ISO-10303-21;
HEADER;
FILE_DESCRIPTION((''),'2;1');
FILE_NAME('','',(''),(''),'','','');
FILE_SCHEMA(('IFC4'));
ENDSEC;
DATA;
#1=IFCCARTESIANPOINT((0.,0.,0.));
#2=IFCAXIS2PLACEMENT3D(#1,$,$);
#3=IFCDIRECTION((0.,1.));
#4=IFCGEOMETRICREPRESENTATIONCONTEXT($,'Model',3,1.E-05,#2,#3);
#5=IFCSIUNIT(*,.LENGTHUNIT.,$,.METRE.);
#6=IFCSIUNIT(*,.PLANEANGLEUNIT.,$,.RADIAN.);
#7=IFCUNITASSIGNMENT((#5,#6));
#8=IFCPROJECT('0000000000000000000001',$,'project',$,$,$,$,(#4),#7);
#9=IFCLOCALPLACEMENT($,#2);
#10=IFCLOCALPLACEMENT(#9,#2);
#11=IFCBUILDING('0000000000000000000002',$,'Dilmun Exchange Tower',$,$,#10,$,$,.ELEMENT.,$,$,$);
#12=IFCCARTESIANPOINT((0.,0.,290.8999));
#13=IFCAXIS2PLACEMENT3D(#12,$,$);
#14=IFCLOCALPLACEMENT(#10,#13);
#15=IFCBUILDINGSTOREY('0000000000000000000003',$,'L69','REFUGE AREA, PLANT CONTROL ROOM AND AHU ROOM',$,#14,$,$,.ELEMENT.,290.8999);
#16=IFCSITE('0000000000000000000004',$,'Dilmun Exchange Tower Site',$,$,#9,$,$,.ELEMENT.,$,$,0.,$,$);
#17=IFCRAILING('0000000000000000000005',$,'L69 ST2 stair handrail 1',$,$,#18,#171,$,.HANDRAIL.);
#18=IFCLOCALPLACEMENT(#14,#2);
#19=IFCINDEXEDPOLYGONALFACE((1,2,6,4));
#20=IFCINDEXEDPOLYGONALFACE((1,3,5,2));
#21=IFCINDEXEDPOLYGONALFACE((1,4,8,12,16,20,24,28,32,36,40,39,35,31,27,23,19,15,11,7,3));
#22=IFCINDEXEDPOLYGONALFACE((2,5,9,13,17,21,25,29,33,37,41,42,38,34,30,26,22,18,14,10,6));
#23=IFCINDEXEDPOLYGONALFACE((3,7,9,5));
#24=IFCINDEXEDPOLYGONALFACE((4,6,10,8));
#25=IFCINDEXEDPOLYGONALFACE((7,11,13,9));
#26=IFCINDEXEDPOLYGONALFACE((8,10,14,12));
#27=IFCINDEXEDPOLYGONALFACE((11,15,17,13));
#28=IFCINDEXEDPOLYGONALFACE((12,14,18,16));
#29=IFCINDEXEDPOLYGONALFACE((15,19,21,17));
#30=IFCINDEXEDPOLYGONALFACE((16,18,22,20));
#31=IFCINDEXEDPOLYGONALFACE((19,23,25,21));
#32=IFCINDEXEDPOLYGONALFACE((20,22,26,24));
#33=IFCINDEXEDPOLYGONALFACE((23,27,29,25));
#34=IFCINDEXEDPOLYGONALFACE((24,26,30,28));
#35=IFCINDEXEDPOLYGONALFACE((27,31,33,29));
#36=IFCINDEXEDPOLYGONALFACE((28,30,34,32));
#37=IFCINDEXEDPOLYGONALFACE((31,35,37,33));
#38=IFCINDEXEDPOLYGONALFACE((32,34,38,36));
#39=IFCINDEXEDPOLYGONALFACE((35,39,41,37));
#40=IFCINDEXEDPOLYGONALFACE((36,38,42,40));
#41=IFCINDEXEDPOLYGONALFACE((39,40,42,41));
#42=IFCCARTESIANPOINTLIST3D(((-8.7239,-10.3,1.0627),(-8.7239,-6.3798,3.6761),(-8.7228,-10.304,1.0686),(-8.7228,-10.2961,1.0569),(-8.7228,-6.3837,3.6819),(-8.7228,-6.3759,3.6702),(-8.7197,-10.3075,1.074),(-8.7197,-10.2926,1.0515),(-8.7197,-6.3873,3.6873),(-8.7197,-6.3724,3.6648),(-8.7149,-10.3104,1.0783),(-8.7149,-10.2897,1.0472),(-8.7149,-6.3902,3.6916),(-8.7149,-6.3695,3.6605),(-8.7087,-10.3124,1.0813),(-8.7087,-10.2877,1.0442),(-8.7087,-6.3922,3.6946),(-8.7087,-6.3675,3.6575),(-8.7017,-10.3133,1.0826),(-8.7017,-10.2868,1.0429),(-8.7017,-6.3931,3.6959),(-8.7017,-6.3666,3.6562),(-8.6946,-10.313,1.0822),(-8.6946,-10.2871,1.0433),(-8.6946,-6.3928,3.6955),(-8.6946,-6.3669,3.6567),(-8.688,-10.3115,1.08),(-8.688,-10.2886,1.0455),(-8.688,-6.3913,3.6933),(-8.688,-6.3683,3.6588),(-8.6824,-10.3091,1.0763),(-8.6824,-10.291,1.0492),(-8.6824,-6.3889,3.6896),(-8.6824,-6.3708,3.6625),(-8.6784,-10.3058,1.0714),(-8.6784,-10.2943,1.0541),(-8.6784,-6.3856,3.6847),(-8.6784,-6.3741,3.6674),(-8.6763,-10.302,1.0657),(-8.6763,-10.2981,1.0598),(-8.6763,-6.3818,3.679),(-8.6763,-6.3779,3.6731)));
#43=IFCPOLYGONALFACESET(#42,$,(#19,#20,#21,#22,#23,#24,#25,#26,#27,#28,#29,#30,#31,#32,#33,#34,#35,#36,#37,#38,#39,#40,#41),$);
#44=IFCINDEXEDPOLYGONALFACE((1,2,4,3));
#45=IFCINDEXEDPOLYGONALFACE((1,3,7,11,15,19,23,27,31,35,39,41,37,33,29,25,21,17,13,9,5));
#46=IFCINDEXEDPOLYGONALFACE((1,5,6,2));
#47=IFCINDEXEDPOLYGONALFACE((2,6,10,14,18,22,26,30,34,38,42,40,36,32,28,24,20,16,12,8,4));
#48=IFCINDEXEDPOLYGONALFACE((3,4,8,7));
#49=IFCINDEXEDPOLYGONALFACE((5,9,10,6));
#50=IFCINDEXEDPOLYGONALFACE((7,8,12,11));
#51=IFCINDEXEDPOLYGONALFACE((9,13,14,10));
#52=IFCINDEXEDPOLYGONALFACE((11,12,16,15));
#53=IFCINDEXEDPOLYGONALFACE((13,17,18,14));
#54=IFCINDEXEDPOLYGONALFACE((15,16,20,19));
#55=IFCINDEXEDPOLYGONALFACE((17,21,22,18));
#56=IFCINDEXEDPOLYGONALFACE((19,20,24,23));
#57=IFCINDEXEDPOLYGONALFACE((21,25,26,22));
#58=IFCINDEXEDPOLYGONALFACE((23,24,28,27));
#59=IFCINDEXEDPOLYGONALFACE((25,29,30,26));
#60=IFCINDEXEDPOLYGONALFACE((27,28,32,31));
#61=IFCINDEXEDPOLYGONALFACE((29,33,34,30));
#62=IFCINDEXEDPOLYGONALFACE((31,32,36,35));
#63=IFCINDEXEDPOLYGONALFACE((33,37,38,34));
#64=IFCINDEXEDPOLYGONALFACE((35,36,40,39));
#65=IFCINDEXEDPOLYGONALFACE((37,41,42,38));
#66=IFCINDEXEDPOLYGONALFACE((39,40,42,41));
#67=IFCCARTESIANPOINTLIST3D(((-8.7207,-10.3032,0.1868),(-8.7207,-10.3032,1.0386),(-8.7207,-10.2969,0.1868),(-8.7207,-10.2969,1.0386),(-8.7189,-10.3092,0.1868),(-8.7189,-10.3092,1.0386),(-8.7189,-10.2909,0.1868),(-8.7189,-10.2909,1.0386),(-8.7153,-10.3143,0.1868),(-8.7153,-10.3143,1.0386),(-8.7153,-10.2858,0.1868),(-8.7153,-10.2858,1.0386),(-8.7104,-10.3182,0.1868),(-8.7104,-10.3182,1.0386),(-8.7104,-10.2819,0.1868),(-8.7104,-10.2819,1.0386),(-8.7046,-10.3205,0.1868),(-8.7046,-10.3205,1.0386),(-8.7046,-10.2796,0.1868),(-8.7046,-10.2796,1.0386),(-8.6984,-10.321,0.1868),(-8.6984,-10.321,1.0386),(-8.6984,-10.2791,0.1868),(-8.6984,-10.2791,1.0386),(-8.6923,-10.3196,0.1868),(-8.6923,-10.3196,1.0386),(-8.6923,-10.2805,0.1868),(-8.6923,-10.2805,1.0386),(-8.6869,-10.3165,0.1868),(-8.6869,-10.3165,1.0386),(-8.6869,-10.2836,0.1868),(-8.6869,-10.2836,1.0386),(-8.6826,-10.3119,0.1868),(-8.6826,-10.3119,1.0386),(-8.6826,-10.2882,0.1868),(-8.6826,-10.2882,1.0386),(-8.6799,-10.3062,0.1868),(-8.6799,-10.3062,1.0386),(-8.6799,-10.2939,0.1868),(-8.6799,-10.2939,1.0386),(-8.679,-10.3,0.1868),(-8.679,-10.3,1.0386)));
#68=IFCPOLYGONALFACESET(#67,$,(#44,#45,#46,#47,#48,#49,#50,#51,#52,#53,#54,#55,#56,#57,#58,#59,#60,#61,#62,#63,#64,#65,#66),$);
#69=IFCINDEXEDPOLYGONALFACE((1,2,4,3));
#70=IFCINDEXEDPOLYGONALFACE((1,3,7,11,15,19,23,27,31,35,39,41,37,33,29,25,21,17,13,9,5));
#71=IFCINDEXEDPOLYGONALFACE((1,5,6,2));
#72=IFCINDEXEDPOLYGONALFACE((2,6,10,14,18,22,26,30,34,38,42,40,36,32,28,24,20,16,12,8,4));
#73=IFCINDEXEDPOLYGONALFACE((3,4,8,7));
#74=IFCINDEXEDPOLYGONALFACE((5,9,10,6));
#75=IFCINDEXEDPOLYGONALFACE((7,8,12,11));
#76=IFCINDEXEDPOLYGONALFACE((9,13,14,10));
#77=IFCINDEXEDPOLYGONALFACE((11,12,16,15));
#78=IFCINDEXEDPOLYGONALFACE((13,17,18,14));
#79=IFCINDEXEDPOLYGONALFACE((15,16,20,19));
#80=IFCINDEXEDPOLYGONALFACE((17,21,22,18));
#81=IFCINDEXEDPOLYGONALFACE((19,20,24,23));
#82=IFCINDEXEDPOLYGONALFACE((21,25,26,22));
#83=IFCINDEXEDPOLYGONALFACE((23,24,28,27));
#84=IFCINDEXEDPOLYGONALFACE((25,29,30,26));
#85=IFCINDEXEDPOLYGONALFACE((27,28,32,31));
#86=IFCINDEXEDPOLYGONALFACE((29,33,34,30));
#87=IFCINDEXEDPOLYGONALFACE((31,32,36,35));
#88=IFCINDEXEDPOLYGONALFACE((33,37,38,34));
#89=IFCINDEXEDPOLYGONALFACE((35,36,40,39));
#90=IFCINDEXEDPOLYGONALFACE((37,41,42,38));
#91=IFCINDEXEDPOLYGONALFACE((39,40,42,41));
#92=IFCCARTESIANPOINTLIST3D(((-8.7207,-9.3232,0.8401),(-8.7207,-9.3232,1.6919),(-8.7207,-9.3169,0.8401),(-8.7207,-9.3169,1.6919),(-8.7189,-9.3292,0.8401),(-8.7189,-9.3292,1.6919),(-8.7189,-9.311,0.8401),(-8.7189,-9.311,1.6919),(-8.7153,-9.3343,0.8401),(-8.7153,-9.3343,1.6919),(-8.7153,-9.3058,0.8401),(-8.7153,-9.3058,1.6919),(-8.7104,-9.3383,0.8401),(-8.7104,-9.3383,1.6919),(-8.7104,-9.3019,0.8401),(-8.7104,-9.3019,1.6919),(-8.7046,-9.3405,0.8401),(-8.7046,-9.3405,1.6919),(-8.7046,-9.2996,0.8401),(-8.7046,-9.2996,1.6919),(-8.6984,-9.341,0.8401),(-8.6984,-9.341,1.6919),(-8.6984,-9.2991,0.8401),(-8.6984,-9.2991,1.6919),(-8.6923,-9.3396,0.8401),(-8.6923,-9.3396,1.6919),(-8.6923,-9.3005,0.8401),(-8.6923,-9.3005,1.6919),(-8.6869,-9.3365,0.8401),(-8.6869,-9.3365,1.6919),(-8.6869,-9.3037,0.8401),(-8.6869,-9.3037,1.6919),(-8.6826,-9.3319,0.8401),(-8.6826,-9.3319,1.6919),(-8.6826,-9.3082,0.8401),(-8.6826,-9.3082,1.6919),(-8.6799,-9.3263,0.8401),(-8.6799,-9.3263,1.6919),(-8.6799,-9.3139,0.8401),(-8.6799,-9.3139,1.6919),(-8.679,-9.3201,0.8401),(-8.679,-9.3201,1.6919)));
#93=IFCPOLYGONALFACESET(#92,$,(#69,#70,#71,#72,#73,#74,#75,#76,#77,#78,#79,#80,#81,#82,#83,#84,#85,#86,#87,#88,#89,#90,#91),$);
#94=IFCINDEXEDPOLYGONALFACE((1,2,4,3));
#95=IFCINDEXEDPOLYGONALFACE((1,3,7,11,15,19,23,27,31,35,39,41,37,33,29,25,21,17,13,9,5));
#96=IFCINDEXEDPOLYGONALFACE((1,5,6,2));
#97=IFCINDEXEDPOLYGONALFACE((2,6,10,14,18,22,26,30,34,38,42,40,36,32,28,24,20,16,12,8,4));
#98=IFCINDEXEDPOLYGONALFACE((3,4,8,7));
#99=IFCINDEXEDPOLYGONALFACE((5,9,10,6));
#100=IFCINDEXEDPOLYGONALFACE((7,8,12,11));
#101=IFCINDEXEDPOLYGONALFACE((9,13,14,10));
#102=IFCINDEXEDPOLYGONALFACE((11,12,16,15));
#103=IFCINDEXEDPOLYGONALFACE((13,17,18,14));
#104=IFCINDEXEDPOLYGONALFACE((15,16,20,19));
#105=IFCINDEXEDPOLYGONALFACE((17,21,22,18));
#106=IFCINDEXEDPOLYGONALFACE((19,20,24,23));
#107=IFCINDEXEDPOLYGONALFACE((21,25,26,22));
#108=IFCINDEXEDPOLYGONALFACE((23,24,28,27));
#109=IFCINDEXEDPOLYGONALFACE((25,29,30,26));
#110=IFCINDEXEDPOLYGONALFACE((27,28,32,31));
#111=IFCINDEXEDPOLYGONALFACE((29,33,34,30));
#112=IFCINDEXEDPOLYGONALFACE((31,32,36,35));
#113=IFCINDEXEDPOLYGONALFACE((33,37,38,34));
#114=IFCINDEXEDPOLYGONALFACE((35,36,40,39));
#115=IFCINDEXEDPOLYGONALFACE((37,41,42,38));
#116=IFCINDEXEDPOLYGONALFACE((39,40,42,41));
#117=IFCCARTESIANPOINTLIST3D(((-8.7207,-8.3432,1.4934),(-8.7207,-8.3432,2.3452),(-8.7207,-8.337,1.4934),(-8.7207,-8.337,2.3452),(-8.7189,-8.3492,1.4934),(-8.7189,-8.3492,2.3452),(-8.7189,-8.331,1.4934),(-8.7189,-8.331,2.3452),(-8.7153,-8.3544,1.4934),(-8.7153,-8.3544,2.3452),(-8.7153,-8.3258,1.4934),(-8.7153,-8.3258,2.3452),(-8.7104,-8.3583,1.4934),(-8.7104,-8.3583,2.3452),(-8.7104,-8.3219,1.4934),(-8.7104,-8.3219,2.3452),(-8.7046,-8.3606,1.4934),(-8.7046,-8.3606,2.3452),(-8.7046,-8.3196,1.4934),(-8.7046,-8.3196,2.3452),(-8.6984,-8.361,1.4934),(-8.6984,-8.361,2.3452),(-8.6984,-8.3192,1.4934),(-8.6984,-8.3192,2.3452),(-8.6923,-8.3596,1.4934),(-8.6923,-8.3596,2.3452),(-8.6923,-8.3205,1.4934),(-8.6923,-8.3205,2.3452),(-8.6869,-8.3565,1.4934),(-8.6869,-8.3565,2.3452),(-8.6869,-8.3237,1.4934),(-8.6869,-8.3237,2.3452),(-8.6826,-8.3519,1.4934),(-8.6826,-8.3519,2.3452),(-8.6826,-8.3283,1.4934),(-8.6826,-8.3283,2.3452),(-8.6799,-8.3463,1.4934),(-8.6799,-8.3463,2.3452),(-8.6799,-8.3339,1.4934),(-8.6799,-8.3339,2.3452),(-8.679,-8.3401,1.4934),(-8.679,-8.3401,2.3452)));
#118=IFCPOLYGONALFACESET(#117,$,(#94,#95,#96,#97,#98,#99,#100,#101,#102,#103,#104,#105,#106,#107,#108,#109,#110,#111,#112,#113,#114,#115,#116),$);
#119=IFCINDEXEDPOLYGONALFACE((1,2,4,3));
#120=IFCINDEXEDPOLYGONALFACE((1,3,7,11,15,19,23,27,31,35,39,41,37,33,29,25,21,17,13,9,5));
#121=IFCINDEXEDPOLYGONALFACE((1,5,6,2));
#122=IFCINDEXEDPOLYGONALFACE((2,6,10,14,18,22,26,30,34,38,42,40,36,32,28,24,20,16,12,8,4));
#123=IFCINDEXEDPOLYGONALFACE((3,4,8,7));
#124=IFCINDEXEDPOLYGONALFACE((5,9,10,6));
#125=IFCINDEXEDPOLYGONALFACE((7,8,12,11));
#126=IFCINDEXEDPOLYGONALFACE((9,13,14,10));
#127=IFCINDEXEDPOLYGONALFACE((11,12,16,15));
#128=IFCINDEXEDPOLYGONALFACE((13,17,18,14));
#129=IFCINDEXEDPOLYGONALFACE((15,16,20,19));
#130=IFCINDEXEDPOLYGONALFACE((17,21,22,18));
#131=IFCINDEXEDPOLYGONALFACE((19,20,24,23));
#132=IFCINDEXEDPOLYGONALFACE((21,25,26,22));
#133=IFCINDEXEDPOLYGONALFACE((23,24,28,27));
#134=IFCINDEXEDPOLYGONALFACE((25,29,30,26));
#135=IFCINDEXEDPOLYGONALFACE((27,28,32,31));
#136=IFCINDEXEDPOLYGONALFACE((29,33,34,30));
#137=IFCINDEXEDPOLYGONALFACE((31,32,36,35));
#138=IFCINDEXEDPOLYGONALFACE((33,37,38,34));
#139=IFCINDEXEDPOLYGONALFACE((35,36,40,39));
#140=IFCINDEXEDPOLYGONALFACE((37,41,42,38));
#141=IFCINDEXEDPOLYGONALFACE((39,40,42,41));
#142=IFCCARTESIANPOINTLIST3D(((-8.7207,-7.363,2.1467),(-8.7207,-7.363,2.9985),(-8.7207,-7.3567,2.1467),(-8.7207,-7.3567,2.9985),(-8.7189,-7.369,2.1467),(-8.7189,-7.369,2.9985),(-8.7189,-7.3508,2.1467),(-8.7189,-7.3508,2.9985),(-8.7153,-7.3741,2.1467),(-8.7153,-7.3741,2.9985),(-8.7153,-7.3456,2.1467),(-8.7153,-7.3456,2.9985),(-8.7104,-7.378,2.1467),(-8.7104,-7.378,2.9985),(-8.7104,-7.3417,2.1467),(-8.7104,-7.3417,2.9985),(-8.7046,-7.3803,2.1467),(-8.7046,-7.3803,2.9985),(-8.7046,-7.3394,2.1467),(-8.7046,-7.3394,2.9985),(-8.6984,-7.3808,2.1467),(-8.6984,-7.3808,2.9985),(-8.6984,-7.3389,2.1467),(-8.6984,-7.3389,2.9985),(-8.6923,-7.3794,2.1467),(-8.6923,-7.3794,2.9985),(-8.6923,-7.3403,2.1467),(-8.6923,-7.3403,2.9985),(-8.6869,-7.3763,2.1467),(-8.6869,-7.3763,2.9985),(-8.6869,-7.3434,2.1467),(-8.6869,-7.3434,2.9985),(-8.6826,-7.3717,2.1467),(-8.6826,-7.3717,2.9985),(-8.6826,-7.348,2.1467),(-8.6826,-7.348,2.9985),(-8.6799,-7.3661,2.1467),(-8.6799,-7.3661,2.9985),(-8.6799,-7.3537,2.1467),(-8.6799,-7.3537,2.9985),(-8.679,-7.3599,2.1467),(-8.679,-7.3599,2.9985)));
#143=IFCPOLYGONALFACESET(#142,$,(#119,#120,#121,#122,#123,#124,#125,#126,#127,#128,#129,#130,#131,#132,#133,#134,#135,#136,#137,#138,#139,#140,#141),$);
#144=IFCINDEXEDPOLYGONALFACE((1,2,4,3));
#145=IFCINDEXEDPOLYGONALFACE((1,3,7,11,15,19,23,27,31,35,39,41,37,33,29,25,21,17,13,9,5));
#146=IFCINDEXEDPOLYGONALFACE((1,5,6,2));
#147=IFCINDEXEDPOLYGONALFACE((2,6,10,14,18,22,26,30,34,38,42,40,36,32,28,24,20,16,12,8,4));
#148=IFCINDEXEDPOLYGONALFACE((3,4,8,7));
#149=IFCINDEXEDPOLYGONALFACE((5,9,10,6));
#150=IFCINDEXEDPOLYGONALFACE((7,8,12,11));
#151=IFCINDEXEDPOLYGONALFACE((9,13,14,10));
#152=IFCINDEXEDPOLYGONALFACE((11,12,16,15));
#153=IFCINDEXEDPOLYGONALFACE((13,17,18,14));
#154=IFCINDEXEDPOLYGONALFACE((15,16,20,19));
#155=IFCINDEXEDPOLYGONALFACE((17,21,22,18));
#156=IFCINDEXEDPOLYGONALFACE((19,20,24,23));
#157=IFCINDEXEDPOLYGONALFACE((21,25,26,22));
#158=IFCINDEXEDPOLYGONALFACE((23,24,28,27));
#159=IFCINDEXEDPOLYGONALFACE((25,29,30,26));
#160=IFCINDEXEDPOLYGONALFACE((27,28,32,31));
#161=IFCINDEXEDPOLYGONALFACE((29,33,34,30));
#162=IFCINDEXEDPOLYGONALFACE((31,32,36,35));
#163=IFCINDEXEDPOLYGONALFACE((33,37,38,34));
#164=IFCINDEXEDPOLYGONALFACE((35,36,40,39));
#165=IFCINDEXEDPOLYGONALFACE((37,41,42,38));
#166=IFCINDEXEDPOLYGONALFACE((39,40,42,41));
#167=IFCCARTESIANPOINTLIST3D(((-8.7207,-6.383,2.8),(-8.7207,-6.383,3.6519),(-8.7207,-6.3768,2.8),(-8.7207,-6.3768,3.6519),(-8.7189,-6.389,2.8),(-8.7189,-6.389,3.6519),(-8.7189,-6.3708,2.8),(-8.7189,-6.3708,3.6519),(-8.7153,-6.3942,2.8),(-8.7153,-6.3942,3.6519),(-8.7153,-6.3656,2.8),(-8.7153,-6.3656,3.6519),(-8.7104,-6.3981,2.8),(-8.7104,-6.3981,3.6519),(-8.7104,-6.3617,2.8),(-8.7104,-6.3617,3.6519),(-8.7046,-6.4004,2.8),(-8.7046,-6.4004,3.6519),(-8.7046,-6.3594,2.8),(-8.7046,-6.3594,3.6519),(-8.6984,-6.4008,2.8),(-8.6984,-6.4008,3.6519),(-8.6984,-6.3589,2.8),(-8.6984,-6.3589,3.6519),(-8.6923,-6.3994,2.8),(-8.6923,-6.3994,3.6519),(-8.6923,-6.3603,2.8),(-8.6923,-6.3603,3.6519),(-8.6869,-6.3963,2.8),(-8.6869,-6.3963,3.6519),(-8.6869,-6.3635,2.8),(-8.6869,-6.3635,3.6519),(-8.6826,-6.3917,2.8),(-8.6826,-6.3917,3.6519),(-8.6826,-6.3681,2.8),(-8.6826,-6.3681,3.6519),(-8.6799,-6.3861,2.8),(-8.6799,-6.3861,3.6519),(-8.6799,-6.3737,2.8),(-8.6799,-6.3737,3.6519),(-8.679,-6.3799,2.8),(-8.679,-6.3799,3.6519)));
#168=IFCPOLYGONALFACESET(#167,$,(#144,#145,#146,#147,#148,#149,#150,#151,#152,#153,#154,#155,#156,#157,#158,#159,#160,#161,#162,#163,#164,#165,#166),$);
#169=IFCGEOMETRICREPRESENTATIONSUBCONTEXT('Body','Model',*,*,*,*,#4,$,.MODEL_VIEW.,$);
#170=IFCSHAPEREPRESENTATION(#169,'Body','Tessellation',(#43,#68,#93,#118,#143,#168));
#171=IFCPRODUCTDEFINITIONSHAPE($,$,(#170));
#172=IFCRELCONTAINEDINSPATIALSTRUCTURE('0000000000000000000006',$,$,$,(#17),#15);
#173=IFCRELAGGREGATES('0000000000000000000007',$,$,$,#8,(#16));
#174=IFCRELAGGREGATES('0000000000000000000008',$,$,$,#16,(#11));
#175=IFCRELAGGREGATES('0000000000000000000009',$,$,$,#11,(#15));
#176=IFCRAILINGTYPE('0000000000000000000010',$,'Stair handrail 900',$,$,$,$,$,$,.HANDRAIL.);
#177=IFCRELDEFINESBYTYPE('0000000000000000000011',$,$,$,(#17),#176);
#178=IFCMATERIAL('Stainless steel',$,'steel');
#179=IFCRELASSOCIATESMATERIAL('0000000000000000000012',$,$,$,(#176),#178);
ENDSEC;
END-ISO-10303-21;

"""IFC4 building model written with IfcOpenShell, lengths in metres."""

from ifc_helpers import new_model, si_unit, direction, frame, origin, origin_2d, place, context, subcontext, project, spatial, circle, extrude, material, type_object, element, save


model = new_model("IFC4")

# Units and contexts
model_context = context("Model", 3, precision=1e-05, world=origin(), true_north=direction((0.0, 1.0)))
body_context = subcontext(model_context, "Body", "Model", "MODEL_VIEW")
ifc_project = project(units=[si_unit("LENGTHUNIT", "METRE"), si_unit("PLANEANGLEUNIT", "RADIAN")], contexts=[model_context])

# Site, building, storey
site_placement = place(None, origin())
site = spatial("IfcSite", under=ifc_project, at=site_placement, Name="Dilmun Exchange Tower Site", CompositionType="ELEMENT", RefElevation=0.0)
building_placement = place(site_placement, origin())
building = spatial("IfcBuilding", under=site, at=building_placement, Name="Dilmun Exchange Tower", CompositionType="ELEMENT")
storey_placement = place(building_placement, frame((0.0, 0.0, 290.8999)))
storey = spatial("IfcBuildingStorey", under=building, at=storey_placement, Name="L69", Description="REFUGE AREA, PLANT CONTROL ROOM AND AHU ROOM", CompositionType="ELEMENT", Elevation=290.8999)

# Railing
ifc_material_1 = material(Name="Stainless steel", Category="steel")
railing_type = type_object("IfcRailingType", Name="Stair handrail 900", PredefinedType="HANDRAIL", material=ifc_material_1)
railing_1_placement = place(storey_placement, frame((-8.7, -10.3, 0.1868)))
element("IfcRailing", 1, at=railing_1_placement, inside=storey, type_object=railing_type, Name="L69 ST2 stair handrail 1", PredefinedType="HANDRAIL", context=body_context, shape_type="SweptSolid", body=[
    extrude(circle(Radius=0.0239, at=origin_2d()), frame((0.0, 0.0, 0.876), z_axis=(0.0, 0.832066, 0.554676), x_axis=(-1.0, 0.0, 0.0)), (0.0, 0.0, 1.0), 4.7114),
    extrude(circle(Radius=0.021, at=origin_2d()), origin(), (0.0, 0.0, 1.0), 0.8518),
    extrude(circle(Radius=0.021, at=origin_2d()), frame((0.0, 0.98, 0.6533)), (0.0, 0.0, 1.0), 0.8518),
    extrude(circle(Radius=0.021, at=origin_2d()), frame((0.0, 1.96, 1.3066)), (0.0, 0.0, 1.0), 0.8518),
    extrude(circle(Radius=0.021, at=origin_2d()), frame((0.0, 2.9402, 1.96)), (0.0, 0.0, 1.0), 0.8518),
    extrude(circle(Radius=0.021, at=origin_2d()), frame((0.0, 3.9202, 2.6133)), (0.0, 0.0, 1.0), 0.8518),
])

save(model, "model.ifc")
